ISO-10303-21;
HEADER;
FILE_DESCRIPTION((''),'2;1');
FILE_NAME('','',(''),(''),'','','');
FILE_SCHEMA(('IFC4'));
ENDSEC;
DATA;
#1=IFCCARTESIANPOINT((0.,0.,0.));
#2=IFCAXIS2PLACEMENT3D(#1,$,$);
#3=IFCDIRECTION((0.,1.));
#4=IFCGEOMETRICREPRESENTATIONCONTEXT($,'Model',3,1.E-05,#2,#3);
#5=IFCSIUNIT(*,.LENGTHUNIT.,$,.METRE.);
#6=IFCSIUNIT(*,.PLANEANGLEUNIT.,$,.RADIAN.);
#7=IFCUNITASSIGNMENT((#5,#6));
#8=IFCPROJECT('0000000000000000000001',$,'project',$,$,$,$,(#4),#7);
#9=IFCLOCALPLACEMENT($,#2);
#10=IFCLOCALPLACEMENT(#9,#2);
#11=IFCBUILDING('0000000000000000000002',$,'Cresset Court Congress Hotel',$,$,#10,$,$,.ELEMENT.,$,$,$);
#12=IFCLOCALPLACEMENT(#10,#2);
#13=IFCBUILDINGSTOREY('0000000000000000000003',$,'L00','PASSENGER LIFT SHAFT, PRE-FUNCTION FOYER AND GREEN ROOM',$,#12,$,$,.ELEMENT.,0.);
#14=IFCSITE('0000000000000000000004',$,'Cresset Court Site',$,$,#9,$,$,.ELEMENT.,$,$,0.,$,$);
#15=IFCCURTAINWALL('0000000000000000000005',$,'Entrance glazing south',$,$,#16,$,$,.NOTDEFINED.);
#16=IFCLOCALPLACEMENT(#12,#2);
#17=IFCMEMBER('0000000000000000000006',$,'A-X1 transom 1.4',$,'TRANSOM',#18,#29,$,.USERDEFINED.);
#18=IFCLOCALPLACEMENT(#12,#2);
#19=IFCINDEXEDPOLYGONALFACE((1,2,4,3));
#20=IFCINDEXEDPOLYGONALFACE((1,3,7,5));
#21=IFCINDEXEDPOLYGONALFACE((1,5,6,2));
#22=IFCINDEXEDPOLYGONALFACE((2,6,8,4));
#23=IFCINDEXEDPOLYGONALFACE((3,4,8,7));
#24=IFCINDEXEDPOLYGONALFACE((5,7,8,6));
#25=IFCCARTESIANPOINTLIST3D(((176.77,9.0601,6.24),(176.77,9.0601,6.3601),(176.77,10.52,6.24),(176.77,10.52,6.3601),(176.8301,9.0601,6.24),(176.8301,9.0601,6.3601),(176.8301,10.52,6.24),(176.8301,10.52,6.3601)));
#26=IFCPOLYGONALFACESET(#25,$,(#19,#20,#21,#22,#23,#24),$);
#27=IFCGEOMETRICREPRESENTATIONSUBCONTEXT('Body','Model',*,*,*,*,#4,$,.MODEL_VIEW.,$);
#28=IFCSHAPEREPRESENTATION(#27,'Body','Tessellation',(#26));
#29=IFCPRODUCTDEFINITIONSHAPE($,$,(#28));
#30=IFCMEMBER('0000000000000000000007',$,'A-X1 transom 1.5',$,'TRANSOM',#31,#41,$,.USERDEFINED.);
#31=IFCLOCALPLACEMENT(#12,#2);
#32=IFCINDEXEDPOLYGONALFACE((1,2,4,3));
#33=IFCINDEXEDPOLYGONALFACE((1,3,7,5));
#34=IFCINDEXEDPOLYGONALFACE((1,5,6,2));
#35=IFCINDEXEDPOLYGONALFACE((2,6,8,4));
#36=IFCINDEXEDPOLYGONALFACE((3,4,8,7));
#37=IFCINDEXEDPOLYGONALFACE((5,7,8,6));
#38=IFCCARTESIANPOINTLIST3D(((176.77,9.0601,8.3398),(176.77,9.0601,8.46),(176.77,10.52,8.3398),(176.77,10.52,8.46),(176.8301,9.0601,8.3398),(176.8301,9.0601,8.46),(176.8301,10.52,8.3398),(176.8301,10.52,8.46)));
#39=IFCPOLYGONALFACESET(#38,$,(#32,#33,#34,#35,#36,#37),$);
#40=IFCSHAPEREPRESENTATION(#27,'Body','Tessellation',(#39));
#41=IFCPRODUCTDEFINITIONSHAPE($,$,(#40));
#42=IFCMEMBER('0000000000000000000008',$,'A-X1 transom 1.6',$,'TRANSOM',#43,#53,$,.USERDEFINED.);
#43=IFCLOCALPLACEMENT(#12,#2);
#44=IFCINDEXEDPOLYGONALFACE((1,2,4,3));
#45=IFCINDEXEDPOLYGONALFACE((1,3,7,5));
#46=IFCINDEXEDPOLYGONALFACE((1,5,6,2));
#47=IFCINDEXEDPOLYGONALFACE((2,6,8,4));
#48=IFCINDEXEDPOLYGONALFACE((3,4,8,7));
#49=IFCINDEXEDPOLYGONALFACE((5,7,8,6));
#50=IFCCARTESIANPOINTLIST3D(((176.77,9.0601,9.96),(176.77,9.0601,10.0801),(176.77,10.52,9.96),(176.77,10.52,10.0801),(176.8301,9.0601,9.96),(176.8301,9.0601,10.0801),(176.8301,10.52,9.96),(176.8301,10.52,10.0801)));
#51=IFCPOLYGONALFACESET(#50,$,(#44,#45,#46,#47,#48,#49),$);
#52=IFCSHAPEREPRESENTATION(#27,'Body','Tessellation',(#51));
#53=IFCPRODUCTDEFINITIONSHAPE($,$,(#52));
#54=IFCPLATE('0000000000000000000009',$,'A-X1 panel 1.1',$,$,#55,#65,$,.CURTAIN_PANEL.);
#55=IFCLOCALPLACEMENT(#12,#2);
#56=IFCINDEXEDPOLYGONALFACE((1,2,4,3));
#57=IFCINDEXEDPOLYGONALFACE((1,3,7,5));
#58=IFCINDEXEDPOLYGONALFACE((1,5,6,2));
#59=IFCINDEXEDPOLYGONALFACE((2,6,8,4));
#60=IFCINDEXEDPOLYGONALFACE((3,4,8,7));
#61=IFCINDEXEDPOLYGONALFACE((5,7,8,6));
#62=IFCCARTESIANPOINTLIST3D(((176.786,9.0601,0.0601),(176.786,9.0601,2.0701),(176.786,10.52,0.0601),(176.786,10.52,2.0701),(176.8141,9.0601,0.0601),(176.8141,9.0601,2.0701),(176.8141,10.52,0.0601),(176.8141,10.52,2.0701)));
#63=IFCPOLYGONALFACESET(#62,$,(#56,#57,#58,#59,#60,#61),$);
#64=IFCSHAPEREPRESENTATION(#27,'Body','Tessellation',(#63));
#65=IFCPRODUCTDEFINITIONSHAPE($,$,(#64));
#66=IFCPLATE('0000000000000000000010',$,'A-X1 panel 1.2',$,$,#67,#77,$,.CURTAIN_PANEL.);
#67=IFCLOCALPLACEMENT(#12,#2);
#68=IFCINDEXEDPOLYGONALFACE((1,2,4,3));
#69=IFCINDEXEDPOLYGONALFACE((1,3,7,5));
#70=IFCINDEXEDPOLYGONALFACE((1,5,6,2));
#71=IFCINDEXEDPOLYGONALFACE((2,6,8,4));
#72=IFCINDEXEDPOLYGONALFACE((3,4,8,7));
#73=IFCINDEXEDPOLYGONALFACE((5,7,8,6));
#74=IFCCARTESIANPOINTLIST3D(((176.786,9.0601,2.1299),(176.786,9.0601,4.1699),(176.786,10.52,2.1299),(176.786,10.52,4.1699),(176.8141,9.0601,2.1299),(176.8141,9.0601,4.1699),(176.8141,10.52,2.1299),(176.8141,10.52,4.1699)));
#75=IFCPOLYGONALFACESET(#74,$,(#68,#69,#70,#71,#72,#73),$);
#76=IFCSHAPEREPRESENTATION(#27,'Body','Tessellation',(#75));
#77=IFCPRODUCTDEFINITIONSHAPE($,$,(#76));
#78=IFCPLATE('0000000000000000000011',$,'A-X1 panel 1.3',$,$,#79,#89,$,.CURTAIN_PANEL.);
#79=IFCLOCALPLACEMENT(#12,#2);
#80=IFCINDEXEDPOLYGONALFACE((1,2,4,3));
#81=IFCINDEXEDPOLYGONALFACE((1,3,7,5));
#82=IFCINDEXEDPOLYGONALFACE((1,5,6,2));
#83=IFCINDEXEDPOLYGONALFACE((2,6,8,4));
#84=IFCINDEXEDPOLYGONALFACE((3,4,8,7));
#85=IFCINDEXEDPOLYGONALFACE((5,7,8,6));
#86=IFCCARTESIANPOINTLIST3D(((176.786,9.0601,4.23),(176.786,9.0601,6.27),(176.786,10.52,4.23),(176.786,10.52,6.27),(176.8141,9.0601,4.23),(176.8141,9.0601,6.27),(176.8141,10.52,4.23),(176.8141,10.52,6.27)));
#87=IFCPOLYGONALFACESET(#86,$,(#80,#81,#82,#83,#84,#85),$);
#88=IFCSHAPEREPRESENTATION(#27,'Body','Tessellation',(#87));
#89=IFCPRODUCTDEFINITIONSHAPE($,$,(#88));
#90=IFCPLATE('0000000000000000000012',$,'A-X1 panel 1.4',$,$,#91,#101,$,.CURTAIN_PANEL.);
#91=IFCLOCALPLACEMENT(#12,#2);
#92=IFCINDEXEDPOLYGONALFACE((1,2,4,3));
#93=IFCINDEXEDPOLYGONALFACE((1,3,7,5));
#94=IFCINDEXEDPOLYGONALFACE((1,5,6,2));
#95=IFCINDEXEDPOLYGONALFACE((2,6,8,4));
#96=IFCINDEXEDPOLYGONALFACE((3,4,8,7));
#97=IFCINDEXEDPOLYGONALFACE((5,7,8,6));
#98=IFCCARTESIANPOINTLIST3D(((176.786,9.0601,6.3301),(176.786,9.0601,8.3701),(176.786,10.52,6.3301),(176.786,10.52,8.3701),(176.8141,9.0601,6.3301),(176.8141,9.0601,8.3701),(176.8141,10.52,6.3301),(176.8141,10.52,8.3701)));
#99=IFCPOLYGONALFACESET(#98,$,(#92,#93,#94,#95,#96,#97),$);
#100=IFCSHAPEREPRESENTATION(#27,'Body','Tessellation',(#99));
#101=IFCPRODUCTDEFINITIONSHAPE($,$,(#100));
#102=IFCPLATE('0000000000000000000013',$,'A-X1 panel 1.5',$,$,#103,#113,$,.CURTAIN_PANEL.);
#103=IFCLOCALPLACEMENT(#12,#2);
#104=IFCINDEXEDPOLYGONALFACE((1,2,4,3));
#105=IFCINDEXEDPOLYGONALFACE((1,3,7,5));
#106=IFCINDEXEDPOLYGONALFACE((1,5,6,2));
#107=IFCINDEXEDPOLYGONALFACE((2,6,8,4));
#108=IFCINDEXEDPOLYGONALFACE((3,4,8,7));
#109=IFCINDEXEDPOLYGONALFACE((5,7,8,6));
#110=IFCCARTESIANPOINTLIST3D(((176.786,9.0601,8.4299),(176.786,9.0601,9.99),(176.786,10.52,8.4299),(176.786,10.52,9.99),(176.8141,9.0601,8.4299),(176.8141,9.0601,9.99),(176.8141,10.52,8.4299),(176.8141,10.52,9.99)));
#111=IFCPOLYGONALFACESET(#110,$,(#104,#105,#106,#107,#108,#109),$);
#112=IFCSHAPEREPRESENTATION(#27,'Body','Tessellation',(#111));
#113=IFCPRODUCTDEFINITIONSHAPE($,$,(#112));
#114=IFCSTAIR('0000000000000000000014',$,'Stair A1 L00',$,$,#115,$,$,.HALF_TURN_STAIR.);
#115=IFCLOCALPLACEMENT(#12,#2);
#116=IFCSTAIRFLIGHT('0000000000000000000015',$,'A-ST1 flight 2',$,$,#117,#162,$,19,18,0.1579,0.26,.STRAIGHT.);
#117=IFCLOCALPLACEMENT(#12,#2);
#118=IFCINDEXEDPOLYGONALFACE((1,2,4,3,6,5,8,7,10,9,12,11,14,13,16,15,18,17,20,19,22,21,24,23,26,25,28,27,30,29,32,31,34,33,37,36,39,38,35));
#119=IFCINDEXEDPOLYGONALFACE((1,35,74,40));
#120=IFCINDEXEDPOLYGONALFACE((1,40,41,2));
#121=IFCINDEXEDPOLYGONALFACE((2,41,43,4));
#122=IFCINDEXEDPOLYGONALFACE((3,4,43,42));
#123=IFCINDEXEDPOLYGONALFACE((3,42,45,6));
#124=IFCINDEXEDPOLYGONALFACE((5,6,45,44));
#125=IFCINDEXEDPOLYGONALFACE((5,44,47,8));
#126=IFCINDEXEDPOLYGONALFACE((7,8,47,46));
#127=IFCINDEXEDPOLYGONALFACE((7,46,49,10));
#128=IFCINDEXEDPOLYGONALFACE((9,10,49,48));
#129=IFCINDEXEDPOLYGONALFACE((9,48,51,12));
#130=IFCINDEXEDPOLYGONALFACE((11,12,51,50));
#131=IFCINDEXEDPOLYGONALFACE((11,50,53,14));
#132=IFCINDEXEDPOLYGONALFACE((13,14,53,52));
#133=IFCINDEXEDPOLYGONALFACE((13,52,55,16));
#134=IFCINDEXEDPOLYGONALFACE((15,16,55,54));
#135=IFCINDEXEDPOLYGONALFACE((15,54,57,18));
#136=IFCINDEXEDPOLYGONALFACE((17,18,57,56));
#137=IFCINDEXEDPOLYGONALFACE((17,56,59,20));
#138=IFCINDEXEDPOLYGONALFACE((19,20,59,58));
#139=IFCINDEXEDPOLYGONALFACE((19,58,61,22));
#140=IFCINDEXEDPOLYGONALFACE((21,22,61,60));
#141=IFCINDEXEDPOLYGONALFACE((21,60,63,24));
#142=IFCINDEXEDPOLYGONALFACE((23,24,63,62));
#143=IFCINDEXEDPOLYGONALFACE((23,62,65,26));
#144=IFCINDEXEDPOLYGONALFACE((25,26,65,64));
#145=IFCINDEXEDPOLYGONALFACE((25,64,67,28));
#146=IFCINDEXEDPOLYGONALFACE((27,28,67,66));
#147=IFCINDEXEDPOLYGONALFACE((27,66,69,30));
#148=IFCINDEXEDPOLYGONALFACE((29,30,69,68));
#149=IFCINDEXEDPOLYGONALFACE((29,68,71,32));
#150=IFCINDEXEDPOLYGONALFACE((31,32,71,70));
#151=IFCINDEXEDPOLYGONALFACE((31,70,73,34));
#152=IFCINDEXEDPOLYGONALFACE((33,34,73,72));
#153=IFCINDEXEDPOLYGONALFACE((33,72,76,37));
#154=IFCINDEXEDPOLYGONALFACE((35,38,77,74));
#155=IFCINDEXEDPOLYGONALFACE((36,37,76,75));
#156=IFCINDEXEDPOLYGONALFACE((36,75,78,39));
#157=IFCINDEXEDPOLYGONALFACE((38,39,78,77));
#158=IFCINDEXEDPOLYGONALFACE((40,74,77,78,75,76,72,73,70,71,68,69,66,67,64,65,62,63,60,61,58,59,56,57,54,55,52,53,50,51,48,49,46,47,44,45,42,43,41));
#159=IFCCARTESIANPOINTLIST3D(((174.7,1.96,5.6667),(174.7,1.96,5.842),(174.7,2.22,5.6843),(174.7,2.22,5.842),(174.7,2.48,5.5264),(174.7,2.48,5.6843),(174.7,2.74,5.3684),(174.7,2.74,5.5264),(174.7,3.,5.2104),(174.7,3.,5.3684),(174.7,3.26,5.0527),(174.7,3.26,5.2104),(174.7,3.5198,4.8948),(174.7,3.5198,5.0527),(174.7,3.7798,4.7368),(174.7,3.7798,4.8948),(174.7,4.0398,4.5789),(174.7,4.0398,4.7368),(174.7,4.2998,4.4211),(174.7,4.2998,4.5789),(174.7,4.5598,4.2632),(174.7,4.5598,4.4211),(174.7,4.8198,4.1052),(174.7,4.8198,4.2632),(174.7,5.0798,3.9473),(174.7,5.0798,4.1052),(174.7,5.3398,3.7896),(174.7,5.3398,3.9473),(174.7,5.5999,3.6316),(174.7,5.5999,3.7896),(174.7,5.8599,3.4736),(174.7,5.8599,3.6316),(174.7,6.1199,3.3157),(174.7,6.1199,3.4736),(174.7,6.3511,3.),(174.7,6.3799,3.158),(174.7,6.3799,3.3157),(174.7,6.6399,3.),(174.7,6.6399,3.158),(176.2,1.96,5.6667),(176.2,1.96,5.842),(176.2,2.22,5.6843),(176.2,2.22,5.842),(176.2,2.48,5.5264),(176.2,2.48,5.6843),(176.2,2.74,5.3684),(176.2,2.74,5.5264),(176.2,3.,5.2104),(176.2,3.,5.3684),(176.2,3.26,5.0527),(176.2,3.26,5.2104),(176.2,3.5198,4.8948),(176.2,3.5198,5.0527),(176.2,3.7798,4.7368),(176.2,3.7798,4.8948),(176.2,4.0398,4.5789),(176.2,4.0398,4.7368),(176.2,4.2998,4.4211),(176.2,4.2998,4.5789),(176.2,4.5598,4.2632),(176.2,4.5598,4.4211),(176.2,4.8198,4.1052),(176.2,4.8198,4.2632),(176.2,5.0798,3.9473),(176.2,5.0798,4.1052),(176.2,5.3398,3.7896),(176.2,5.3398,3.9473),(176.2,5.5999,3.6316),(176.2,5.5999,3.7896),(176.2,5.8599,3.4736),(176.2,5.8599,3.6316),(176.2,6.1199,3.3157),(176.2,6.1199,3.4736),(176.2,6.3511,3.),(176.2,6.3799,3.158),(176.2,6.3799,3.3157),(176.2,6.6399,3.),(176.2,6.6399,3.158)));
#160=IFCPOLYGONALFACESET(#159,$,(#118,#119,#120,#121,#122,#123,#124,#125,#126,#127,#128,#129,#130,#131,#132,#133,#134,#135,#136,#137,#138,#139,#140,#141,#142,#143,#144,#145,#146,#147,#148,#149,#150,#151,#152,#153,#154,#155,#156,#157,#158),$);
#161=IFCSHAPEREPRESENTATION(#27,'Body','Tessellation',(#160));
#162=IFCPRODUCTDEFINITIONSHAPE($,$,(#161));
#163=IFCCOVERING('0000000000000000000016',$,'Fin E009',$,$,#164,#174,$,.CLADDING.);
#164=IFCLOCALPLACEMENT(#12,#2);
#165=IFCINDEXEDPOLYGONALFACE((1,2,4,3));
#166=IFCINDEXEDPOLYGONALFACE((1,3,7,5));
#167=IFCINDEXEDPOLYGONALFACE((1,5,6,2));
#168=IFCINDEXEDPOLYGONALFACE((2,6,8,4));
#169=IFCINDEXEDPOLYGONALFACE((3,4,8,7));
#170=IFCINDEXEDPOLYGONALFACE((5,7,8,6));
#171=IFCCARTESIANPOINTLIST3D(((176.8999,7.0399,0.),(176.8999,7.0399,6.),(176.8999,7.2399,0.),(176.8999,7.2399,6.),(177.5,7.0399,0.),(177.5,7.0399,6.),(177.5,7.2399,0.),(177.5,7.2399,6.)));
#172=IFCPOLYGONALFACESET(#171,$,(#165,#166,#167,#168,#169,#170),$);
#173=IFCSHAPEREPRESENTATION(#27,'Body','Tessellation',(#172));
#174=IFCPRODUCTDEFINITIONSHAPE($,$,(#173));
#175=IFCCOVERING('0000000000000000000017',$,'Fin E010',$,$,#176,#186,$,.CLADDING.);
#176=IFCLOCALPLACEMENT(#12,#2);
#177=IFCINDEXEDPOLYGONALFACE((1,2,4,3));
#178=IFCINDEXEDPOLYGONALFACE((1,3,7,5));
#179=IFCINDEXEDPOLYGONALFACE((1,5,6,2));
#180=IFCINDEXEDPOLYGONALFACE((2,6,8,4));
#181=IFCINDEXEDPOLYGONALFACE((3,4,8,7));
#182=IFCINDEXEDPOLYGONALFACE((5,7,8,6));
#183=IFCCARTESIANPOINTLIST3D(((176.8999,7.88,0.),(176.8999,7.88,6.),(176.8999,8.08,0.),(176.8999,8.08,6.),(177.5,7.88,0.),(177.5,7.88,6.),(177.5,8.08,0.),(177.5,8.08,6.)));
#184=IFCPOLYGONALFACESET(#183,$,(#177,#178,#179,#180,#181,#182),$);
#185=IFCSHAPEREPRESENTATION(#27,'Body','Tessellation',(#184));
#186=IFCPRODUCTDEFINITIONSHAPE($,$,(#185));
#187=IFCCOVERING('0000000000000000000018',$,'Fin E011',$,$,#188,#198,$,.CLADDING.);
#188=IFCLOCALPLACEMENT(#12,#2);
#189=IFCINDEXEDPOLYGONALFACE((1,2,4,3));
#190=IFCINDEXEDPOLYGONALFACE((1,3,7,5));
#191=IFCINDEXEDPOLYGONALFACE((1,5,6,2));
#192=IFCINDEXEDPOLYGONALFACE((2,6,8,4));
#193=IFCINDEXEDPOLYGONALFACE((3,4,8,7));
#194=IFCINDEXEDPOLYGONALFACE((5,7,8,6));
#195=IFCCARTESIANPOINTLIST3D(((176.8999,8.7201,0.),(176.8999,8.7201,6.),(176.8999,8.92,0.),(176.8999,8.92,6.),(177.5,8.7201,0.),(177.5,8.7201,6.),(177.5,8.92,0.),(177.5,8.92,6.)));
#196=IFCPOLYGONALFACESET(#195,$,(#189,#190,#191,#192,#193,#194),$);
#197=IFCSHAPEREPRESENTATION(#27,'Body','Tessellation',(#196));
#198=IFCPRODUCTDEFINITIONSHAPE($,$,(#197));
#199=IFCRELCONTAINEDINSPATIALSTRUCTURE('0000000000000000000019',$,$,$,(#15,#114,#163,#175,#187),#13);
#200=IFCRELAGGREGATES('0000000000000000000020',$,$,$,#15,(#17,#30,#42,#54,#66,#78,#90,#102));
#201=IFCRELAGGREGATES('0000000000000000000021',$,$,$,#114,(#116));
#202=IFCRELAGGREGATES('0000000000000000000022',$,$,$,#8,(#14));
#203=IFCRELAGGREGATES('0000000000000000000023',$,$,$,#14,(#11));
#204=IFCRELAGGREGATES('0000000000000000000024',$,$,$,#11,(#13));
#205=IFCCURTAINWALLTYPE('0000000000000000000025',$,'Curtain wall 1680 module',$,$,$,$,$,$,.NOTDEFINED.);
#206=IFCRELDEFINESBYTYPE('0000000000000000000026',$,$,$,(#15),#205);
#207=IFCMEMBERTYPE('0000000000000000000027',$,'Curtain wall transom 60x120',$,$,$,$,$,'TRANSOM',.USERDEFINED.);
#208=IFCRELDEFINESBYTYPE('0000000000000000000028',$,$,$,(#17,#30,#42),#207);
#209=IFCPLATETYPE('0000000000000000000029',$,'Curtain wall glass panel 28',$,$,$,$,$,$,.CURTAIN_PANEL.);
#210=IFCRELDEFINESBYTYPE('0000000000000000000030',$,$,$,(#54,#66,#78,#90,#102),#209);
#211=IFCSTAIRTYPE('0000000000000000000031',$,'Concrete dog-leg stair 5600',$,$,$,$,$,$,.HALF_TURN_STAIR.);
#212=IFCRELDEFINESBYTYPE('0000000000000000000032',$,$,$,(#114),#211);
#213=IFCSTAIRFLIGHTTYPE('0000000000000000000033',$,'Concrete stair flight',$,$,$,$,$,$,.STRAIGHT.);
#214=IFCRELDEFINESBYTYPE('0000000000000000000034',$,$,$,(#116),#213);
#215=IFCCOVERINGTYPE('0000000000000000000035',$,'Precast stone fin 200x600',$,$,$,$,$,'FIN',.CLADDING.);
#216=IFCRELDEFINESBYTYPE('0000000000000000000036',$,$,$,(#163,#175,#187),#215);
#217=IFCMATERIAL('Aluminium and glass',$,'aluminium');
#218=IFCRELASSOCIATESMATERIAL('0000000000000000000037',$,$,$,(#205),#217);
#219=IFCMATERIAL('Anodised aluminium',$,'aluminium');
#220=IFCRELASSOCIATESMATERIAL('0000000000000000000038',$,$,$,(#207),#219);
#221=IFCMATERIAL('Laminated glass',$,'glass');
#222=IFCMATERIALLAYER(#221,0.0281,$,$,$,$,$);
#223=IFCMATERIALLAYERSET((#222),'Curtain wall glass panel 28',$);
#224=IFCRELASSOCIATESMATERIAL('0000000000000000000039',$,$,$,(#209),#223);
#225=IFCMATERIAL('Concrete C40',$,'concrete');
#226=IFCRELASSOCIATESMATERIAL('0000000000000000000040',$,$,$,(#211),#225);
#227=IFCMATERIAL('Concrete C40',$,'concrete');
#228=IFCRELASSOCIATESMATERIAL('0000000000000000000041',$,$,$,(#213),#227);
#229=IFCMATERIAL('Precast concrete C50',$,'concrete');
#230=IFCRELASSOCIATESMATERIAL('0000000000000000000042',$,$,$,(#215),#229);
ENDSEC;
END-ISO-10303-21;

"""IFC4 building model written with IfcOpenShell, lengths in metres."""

from ifc_helpers import new_model, si_unit, direction, frame, origin, origin_2d, place, context, subcontext, project, spatial, polyline, rectangle, outline, extrude, material, layer, layer_set, material_profile, profile_set, type_object, element, aggregate, save


model = new_model("IFC4")

# Units and contexts
model_context = context("Model", 3, precision=1e-05, world=origin(), true_north=direction((0.0, 1.0)))
body_context = subcontext(model_context, "Body", "Model", "MODEL_VIEW")
ifc_project = project(units=[si_unit("LENGTHUNIT", "METRE"), si_unit("PLANEANGLEUNIT", "RADIAN")], contexts=[model_context])

# Site, building, storey
site_placement = place(None, origin())
site = spatial("IfcSite", under=ifc_project, at=site_placement, Name="Cresset Court Site", CompositionType="ELEMENT", RefElevation=0.0)
building_placement = place(site_placement, origin())
building = spatial("IfcBuilding", under=site, at=building_placement, Name="Cresset Court Congress Hotel", CompositionType="ELEMENT")
storey_placement = place(building_placement, origin())
storey = spatial("IfcBuildingStorey", under=building, at=storey_placement, Name="L00", Description="PASSENGER LIFT SHAFT, PRE-FUNCTION FOYER AND GREEN ROOM", CompositionType="ELEMENT", Elevation=0.0)

# Curtain wall, members, plates
ifc_material_1 = material(Name="Aluminium and glass", Category="aluminium")
curtain_wall_type = type_object("IfcCurtainWallType", Name="Curtain wall 1680 module", PredefinedType="NOTDEFINED", material=ifc_material_1)
curtain_wall_placement = place(storey_placement, origin())
curtain_wall = element("IfcCurtainWall", 1, at=curtain_wall_placement, inside=storey, type_object=curtain_wall_type, Name="Entrance glazing south", PredefinedType="NOTDEFINED")
ifc_material_2 = material(Name="Anodised aluminium", Category="aluminium")
ifc_material_profile_1 = material_profile(ifc_material_2, rectangle(XDim=0.0601, YDim=0.1201, at=origin_2d()), Name="AL60x120")
ifc_profile_set_1 = profile_set([ifc_material_profile_1], Name="Anodised aluminium")
member_type_1 = type_object("IfcMemberType", Name="Curtain wall transom 60x120", ElementType="TRANSOM", PredefinedType="USERDEFINED", material=ifc_profile_set_1)
member_1_placement = place(storey_placement, frame((176.8, 9.0601, 6.3), z_axis=(0.0, 1.0, 0.0), x_axis=(-1.0, 0.0, 0.0)))
member_1 = element("IfcMember", 2, at=member_1_placement, type_object=member_type_1, Name="A-X1 transom 1.4", ObjectType="TRANSOM", PredefinedType="USERDEFINED", context=body_context, shape_type="SweptSolid", body=[
    extrude(rectangle(XDim=0.0601, YDim=0.1201, at=origin_2d()), origin(), (0.0, 0.0, 1.0), 1.46),
])
member_2_placement = place(storey_placement, frame((176.8, 9.0601, 8.3999), z_axis=(0.0, 1.0, 0.0), x_axis=(-1.0, 0.0, 0.0)))
member_2 = element("IfcMember", 3, at=member_2_placement, type_object=member_type_1, Name="A-X1 transom 1.5", ObjectType="TRANSOM", PredefinedType="USERDEFINED", context=body_context, shape_type="SweptSolid", body=[
    extrude(rectangle(XDim=0.0601, YDim=0.1201, at=origin_2d()), origin(), (0.0, 0.0, 1.0), 1.46),
])
member_3_placement = place(storey_placement, frame((176.8, 9.0601, 10.02), z_axis=(0.0, 1.0, 0.0), x_axis=(-1.0, 0.0, 0.0)))
member_3 = element("IfcMember", 4, at=member_3_placement, type_object=member_type_1, Name="A-X1 transom 1.6", ObjectType="TRANSOM", PredefinedType="USERDEFINED", context=body_context, shape_type="SweptSolid", body=[
    extrude(rectangle(XDim=0.0601, YDim=0.1201, at=origin_2d()), origin(), (0.0, 0.0, 1.0), 1.46),
])
ifc_material_3 = material(Name="Laminated glass", Category="glass")
ifc_layer = layer(ifc_material_3, 0.0281)
ifc_layer_set = layer_set([ifc_layer], Name="Curtain wall glass panel 28")
plate_type = type_object("IfcPlateType", Name="Curtain wall glass panel 28", PredefinedType="CURTAIN_PANEL", material=ifc_layer_set)
plate_1_placement = place(storey_placement, frame((176.8, 9.79, 0.0601), z_axis=(0.0, 0.0, 1.0), x_axis=(0.0, 1.0, 0.0)))
plate_1 = element("IfcPlate", 5, at=plate_1_placement, type_object=plate_type, Name="A-X1 panel 1.1", PredefinedType="CURTAIN_PANEL", context=body_context, shape_type="SweptSolid", body=[
    extrude(rectangle(XDim=1.46, YDim=0.0281, at=origin_2d()), origin(), (0.0, 0.0, 1.0), 2.01),
])
plate_2_placement = place(storey_placement, frame((176.8, 9.79, 2.1299), z_axis=(0.0, 0.0, 1.0), x_axis=(0.0, 1.0, 0.0)))
plate_2 = element("IfcPlate", 6, at=plate_2_placement, type_object=plate_type, Name="A-X1 panel 1.2", PredefinedType="CURTAIN_PANEL", context=body_context, shape_type="SweptSolid", body=[
    extrude(rectangle(XDim=1.46, YDim=0.0281, at=origin_2d()), origin(), (0.0, 0.0, 1.0), 2.04),
])
plate_3_placement = place(storey_placement, frame((176.8, 9.79, 4.23), z_axis=(0.0, 0.0, 1.0), x_axis=(0.0, 1.0, 0.0)))
plate_3 = element("IfcPlate", 7, at=plate_3_placement, type_object=plate_type, Name="A-X1 panel 1.3", PredefinedType="CURTAIN_PANEL", context=body_context, shape_type="SweptSolid", body=[
    extrude(rectangle(XDim=1.46, YDim=0.0281, at=origin_2d()), origin(), (0.0, 0.0, 1.0), 2.04),
])
plate_4_placement = place(storey_placement, frame((176.8, 9.79, 6.3301), z_axis=(0.0, 0.0, 1.0), x_axis=(0.0, 1.0, 0.0)))
plate_4 = element("IfcPlate", 8, at=plate_4_placement, type_object=plate_type, Name="A-X1 panel 1.4", PredefinedType="CURTAIN_PANEL", context=body_context, shape_type="SweptSolid", body=[
    extrude(rectangle(XDim=1.46, YDim=0.0281, at=origin_2d()), origin(), (0.0, 0.0, 1.0), 2.04),
])
plate_5_placement = place(storey_placement, frame((176.8, 9.79, 8.4299), z_axis=(0.0, 0.0, 1.0), x_axis=(0.0, 1.0, 0.0)))
plate_5 = element("IfcPlate", 9, at=plate_5_placement, type_object=plate_type, Name="A-X1 panel 1.5", PredefinedType="CURTAIN_PANEL", context=body_context, shape_type="SweptSolid", body=[
    extrude(rectangle(XDim=1.46, YDim=0.0281, at=origin_2d()), origin(), (0.0, 0.0, 1.0), 1.5601),
])
aggregate(curtain_wall, [member_1, member_2, member_3, plate_1, plate_2, plate_3, plate_4, plate_5])

# Stair, stair flight
ifc_material_4 = material(Name="Concrete C40", Category="concrete")
stair_type = type_object("IfcStairType", Name="Concrete dog-leg stair 5600", PredefinedType="HALF_TURN_STAIR", material=ifc_material_4)
stair_placement = place(storey_placement, origin())
stair = element("IfcStair", 10, at=stair_placement, inside=storey, type_object=stair_type, Name="Stair A1 L00", PredefinedType="HALF_TURN_STAIR")
ifc_material_5 = material(Name="Concrete C40", Category="concrete")
stair_flight_type = type_object("IfcStairFlightType", Name="Concrete stair flight", PredefinedType="STRAIGHT", material=ifc_material_5)
stair_flight_placement = place(storey_placement, frame((175.45, 6.6399, 3.0), z_axis=(0.0, 0.0, 1.0), x_axis=(0.0, -1.0, 0.0)))
stair_flight = element("IfcStairFlight", 11, at=stair_flight_placement, type_object=stair_flight_type, Name="A-ST1 flight 2", NumberOfRisers=19, NumberOfTreads=18, PredefinedType="STRAIGHT", RiserHeight=0.1579, TreadLength=0.26, context=body_context, shape_type="SweptSolid", body=[
    extrude(outline(polyline([(0.0, 0.0), (0.0, 0.158), (0.26, 0.158), (0.26, 0.3157), (0.52, 0.3157), (0.52, 0.4736), (0.78, 0.4736), (0.78, 0.6316), (1.04, 0.6316), (1.04, 0.7896), (1.3, 0.7896), (1.3, 0.9473), (1.5601, 0.9473), (1.5601, 1.1052), (1.8201, 1.1052), (1.8201, 1.2632), (2.0801, 1.2632), (2.0801, 1.4211), (2.3401, 1.4211), (2.3401, 1.5789), (2.6001, 1.5789), (2.6001, 1.7368), (2.8601, 1.7368), (2.8601, 1.8948), (3.1201, 1.8948), (3.1201, 2.0527), (3.3799, 2.0527), (3.3799, 2.2104), (3.6399, 2.2104), (3.6399, 2.3684), (3.8999, 2.3684), (3.8999, 2.5264), (4.1599, 2.5264), (4.1599, 2.6843), (4.4199, 2.6843), (4.4199, 2.842), (4.6799, 2.842), (4.6799, 3.0), (4.6799, 2.6667), (0.2888, 0.0), (0.0, 0.0)])), frame((0.0, 0.75, 0.0), z_axis=(0.0, -1.0, 0.0), x_axis=(1.0, 0.0, 0.0)), (0.0, 0.0, 1.0), 1.5),
])
aggregate(stair, [stair_flight])

# Coverings
ifc_material_6 = material(Name="Precast concrete C50", Category="concrete")
covering_type_1 = type_object("IfcCoveringType", Name="Precast stone fin 200x600", ElementType="FIN", PredefinedType="CLADDING", material=ifc_material_6)
for number, where, z_axis, x_axis, name in (
    (12, (177.2, 7.1399, 0.0), (0.0, 0.0, 1.0), (1.0, 0.0, 0.0), "Fin E009"),
    (13, (177.2, 7.98, 0.0), (0.0, 0.0, 1.0), (1.0, 0.0, 0.0), "Fin E010"),
    (14, (177.2, 8.8201, 0.0), (0.0, 0.0, 1.0), (1.0, 0.0, 0.0), "Fin E011"),
):
    element("IfcCovering", number, at=place(storey_placement, frame(where, z_axis=z_axis, x_axis=x_axis)), inside=storey, type_object=covering_type_1, Name=name, PredefinedType="CLADDING", context=body_context, shape_type="SweptSolid", body=[
        extrude(rectangle(XDim=0.6001, YDim=0.2, at=origin_2d()), origin(), (0.0, 0.0, 1.0), 6.0),
    ])

save(model, "model.ifc")
